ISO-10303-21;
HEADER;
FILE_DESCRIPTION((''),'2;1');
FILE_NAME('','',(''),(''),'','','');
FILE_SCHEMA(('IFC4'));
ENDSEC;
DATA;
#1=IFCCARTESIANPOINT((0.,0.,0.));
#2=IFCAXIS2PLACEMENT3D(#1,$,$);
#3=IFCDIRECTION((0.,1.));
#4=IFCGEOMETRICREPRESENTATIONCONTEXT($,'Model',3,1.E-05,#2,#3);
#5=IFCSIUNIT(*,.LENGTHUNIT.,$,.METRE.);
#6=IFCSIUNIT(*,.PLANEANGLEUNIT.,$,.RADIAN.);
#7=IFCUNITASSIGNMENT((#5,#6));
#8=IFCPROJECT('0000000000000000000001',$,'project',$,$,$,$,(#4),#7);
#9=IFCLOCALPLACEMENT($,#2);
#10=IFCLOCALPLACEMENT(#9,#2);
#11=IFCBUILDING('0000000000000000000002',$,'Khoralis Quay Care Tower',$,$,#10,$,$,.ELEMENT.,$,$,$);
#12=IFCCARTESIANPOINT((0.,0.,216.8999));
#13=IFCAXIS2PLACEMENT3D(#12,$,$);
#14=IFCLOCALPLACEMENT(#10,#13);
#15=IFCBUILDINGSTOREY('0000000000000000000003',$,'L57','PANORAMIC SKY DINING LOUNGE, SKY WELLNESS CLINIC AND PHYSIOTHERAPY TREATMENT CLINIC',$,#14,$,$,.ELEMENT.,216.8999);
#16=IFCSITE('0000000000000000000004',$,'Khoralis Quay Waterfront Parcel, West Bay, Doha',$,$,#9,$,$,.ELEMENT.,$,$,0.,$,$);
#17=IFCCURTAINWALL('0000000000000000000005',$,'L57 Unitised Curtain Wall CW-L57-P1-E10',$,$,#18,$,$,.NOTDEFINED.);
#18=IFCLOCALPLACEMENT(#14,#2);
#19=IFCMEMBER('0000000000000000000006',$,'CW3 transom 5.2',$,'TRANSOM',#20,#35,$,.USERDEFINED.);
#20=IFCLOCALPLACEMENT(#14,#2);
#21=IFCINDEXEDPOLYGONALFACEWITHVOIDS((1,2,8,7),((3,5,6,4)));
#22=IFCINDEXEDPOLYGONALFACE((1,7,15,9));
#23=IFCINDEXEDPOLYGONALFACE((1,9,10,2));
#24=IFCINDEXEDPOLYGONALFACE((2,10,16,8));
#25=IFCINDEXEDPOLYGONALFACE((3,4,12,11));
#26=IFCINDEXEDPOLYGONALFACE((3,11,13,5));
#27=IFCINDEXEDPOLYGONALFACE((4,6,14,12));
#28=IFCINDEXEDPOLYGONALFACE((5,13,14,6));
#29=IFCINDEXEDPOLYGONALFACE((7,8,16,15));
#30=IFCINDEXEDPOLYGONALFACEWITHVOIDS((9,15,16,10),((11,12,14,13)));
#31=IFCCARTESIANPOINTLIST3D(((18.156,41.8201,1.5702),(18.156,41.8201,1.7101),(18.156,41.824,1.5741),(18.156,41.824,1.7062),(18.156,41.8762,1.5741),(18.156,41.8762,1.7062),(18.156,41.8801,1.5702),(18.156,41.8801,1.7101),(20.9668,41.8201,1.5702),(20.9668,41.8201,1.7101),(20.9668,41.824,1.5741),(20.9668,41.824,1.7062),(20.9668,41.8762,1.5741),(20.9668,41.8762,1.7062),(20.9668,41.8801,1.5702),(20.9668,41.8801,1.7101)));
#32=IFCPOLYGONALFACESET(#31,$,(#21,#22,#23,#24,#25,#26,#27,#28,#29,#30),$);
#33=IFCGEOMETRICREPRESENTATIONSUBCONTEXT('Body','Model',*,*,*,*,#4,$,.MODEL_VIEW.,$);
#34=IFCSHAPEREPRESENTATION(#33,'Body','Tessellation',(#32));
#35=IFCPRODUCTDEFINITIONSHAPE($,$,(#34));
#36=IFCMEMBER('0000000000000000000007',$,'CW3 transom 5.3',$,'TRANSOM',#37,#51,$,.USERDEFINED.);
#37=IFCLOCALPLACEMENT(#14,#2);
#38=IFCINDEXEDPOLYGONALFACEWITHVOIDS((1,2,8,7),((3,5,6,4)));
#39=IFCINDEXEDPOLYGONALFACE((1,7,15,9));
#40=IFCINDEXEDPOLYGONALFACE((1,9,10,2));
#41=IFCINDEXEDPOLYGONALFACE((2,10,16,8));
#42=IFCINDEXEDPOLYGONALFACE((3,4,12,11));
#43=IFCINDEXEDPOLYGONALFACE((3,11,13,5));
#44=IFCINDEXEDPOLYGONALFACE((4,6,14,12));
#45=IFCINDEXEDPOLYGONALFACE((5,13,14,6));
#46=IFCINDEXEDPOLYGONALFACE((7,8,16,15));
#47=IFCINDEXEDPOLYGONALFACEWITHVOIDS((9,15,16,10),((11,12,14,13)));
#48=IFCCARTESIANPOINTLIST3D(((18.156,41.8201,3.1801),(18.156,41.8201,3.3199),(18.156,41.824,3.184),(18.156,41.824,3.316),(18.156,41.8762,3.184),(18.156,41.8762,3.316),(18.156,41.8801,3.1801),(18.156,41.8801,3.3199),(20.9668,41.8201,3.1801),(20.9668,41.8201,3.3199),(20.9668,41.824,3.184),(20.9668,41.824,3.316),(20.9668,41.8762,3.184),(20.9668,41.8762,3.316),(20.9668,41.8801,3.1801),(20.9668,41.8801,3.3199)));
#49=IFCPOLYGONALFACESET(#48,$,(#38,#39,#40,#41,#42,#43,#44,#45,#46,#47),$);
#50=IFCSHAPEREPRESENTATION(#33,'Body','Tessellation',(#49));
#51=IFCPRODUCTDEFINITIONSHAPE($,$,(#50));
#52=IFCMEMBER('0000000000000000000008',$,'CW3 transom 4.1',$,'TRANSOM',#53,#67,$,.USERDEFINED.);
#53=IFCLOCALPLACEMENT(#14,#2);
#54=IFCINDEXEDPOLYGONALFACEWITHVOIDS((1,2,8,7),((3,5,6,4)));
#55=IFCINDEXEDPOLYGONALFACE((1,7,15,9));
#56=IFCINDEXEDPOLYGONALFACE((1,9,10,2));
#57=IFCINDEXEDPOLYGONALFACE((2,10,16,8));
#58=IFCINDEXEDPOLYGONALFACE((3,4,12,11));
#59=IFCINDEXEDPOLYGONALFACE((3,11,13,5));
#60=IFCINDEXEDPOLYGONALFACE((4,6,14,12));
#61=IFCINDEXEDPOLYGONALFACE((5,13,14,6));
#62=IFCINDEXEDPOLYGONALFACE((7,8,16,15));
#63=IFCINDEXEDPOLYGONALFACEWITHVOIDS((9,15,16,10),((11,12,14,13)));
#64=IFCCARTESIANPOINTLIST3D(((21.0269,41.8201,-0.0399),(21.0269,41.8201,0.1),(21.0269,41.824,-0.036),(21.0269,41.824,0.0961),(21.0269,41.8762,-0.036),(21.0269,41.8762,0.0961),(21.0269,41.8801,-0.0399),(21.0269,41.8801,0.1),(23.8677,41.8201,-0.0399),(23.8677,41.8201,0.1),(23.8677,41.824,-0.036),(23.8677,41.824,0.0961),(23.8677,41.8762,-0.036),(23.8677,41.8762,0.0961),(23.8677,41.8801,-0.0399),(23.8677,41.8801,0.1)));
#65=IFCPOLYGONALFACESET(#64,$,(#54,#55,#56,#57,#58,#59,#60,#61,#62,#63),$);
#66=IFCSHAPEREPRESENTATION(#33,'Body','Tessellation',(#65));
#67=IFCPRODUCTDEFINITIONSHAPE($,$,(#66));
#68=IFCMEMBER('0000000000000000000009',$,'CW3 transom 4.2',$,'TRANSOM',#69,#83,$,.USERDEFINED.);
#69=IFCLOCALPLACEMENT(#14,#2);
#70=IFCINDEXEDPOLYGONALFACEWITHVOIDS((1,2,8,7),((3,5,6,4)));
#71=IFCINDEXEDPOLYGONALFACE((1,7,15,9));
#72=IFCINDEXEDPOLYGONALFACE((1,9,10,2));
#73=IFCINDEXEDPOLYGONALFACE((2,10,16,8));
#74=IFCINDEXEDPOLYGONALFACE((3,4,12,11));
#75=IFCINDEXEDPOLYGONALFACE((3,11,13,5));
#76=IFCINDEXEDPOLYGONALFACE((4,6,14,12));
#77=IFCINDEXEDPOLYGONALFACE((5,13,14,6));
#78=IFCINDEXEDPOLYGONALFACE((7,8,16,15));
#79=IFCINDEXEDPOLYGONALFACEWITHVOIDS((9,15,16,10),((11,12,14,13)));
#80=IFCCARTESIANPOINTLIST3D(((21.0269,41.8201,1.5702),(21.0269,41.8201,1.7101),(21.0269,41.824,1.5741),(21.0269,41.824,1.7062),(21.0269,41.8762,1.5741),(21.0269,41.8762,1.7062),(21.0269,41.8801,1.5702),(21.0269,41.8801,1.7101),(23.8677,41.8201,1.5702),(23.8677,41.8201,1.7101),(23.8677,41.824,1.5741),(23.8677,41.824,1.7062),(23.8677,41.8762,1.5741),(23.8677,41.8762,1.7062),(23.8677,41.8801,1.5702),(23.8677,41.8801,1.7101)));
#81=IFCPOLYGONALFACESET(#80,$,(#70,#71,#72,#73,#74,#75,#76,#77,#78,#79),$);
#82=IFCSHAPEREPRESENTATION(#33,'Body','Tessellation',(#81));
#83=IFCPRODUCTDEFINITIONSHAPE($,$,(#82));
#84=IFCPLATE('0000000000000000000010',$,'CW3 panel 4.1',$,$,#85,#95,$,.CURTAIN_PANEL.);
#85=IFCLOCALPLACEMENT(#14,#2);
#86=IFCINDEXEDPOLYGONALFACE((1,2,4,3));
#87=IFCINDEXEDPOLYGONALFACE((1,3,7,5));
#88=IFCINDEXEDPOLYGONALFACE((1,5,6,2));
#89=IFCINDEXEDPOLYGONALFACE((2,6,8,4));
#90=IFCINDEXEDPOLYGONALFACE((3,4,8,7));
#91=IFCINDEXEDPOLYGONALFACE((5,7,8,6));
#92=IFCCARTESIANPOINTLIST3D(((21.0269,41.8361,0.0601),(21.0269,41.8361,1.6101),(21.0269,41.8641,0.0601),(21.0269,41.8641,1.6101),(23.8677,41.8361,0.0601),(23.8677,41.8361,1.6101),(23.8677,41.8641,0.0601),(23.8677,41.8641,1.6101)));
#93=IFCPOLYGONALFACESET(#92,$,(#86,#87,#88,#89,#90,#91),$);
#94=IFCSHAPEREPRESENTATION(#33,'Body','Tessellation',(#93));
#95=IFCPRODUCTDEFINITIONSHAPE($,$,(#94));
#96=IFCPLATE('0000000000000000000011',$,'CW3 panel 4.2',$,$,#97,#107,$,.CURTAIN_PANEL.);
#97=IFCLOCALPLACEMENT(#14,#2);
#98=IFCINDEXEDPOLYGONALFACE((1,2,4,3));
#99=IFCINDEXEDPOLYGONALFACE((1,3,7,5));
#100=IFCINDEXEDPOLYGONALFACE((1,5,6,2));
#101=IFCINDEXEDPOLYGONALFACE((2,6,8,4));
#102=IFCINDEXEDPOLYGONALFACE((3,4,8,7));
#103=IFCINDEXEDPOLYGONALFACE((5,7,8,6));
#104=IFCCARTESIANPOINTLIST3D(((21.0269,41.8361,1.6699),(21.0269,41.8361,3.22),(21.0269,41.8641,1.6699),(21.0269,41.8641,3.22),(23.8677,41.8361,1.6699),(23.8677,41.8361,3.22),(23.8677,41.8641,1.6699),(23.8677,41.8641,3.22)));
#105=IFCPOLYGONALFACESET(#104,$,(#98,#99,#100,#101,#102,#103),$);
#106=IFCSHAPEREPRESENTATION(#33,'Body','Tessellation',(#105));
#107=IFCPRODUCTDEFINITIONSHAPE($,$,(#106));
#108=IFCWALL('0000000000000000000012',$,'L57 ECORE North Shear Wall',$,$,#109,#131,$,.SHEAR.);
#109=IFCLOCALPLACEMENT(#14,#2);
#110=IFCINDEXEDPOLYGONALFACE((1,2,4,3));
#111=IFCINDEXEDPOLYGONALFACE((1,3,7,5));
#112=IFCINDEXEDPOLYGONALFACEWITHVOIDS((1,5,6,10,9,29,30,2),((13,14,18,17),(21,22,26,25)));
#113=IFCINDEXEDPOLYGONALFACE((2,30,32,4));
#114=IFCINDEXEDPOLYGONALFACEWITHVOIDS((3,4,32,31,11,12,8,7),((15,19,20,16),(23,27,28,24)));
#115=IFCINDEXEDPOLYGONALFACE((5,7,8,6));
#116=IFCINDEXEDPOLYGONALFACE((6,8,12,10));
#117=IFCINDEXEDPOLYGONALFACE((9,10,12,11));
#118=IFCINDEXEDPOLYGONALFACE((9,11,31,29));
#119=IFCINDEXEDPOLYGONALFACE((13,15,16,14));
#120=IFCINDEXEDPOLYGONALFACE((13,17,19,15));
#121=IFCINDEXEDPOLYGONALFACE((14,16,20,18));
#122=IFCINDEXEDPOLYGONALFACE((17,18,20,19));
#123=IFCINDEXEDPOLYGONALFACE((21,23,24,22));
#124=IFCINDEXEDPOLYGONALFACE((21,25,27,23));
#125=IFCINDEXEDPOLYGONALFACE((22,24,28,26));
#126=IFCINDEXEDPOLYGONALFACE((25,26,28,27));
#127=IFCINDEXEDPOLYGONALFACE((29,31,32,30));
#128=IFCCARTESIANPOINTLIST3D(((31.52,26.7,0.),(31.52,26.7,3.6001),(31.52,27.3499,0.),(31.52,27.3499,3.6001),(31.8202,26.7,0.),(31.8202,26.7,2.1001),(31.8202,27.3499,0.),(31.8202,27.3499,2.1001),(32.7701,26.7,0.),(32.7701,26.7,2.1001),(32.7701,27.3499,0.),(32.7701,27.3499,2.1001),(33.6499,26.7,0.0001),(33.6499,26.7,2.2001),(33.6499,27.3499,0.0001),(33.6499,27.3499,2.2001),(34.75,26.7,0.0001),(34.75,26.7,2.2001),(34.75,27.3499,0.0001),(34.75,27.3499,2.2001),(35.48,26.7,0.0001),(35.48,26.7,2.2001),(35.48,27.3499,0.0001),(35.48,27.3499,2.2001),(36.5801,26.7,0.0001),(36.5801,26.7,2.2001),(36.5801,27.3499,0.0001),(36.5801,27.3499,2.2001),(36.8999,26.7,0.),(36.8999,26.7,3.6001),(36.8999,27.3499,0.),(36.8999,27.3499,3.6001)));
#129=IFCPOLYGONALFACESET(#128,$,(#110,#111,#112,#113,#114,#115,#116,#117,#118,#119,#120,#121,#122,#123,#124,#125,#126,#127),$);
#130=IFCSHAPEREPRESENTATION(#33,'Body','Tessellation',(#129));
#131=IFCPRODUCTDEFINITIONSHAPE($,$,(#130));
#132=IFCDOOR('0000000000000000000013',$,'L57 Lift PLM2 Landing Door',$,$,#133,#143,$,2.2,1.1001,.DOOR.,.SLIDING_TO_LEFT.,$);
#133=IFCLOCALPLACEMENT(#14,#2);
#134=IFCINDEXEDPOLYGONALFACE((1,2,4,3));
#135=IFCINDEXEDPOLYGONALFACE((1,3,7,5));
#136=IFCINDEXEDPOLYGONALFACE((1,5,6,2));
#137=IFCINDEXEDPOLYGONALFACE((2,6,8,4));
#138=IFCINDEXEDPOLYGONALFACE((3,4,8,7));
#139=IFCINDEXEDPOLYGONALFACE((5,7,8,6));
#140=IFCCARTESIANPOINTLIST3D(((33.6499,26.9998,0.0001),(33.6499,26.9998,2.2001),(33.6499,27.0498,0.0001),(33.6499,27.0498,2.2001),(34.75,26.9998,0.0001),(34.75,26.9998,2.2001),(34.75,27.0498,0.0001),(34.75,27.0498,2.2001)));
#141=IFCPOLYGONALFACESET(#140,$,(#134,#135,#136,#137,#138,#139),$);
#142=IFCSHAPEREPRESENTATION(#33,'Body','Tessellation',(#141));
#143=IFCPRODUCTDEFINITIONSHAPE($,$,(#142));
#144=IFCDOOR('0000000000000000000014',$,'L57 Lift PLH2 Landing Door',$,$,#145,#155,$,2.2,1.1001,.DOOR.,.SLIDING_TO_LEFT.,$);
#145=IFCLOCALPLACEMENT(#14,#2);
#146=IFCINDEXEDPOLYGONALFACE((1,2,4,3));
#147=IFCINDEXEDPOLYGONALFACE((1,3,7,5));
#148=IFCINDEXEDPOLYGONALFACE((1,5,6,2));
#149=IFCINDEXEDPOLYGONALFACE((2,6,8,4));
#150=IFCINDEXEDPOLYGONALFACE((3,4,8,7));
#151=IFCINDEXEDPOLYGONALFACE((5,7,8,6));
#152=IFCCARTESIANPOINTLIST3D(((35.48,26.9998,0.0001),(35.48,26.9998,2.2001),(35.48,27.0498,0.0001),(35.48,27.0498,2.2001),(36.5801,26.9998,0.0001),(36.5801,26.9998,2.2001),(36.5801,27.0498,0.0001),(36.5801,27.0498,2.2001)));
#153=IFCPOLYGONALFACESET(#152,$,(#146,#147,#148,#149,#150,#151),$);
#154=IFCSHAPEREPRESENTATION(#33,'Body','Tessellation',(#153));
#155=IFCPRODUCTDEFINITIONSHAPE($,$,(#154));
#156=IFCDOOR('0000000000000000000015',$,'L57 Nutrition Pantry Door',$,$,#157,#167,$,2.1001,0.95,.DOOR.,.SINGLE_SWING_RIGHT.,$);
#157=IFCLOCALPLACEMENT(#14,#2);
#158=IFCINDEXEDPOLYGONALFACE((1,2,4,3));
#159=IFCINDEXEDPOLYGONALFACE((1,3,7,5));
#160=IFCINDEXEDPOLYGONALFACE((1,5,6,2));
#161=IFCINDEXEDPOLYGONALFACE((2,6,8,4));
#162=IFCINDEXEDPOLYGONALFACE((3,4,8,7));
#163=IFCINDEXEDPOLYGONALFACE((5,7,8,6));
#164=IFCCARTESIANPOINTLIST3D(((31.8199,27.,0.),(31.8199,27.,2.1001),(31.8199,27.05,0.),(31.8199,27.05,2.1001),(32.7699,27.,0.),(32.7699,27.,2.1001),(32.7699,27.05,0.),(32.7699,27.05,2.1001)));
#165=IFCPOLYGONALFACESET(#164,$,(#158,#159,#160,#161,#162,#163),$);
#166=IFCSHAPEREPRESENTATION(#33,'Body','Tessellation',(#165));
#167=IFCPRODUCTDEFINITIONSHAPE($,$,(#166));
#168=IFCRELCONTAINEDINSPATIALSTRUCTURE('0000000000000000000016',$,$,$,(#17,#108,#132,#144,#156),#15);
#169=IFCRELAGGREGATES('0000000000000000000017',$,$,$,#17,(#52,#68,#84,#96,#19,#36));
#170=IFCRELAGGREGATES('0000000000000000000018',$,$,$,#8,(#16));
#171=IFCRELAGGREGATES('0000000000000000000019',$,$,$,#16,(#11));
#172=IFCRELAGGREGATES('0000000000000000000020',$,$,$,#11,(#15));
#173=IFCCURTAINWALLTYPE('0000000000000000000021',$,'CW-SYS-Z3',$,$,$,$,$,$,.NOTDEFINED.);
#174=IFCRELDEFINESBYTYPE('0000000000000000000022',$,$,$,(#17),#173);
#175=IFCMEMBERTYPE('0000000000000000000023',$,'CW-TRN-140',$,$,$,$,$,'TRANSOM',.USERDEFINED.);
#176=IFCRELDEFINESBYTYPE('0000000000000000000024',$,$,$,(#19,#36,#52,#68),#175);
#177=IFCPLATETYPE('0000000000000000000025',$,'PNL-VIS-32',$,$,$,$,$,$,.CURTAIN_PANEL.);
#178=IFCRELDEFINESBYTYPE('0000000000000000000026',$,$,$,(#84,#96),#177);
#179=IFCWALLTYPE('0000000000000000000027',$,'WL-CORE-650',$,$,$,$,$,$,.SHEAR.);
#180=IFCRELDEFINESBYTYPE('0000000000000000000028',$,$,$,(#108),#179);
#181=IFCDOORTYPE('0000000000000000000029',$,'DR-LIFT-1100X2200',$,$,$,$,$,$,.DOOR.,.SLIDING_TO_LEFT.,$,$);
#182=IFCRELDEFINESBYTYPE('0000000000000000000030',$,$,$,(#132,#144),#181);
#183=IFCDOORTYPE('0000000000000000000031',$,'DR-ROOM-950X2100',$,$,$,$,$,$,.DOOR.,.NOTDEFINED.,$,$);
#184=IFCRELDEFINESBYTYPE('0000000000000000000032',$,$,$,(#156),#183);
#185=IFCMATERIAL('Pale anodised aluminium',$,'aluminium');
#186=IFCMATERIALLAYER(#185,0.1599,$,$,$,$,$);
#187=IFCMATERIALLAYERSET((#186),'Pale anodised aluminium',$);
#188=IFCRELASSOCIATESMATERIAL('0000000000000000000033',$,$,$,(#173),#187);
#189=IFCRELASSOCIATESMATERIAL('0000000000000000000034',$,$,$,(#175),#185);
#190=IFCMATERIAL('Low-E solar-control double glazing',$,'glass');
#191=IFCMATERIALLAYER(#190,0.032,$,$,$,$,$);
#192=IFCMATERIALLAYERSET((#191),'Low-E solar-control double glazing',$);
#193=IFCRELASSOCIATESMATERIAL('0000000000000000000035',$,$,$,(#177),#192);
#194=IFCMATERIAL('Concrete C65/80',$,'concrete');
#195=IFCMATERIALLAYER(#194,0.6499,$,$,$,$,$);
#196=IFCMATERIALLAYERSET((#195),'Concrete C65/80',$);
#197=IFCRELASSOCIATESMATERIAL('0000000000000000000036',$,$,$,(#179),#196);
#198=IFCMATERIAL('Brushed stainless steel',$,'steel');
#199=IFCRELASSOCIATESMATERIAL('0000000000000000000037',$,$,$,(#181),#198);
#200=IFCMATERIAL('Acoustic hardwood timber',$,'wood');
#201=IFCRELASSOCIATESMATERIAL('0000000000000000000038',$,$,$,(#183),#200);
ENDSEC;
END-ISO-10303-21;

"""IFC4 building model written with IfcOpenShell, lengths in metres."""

from ifc_helpers import new_model, si_unit, direction, frame, frame_2d, origin, origin_2d, place, context, subcontext, project, spatial, rectangle, hollow_rectangle, extrude, source, transform, mapped, material, layer, layer_set, material_profile, profile_set, type_object, element, fill, aggregate, save


model = new_model("IFC4")

# Units and contexts
model_context = context("Model", 3, precision=1e-05, world=origin(), true_north=direction((0.0, 1.0)))
body_context = subcontext(model_context, "Body", "Model", "MODEL_VIEW")
ifc_project = project(units=[si_unit("LENGTHUNIT", "METRE"), si_unit("PLANEANGLEUNIT", "RADIAN")], contexts=[model_context])

# Site, building, storey
site_placement = place(None, origin())
site = spatial("IfcSite", under=ifc_project, at=site_placement, Name="Khoralis Quay Waterfront Parcel, West Bay, Doha", CompositionType="ELEMENT", RefElevation=0.0)
building_placement = place(site_placement, origin())
building = spatial("IfcBuilding", under=site, at=building_placement, Name="Khoralis Quay Care Tower", CompositionType="ELEMENT")
storey_placement = place(building_placement, frame((0.0, 0.0, 216.8999)))
storey = spatial("IfcBuildingStorey", under=building, at=storey_placement, Name="L57", Description="PANORAMIC SKY DINING LOUNGE, SKY WELLNESS CLINIC AND PHYSIOTHERAPY TREATMENT CLINIC", CompositionType="ELEMENT", Elevation=216.8999)

# Shared definitions
ifc_material_1 = material(Name="Concrete C65/80", Category="concrete")

# Curtain wall, members, plates
ifc_material_2 = material(Name="Pale anodised aluminium", Category="aluminium")
ifc_layer_1 = layer(ifc_material_2, 0.1599)
ifc_layer_set_1 = layer_set([ifc_layer_1], Name="Pale anodised aluminium")
curtain_wall_type = type_object("IfcCurtainWallType", Name="CW-SYS-Z3", PredefinedType="NOTDEFINED", material=ifc_layer_set_1)
curtain_wall_placement = place(storey_placement, origin())
curtain_wall = element("IfcCurtainWall", 1, at=curtain_wall_placement, inside=storey, type_object=curtain_wall_type, Name="L57 Unitised Curtain Wall CW-L57-P1-E10", PredefinedType="NOTDEFINED")
ifc_material_profile_1 = material_profile(ifc_material_2, hollow_rectangle(XDim=0.0601, YDim=0.1399, WallThickness=0.0039, at=origin_2d()), Name="Pale anodised aluminium")
ifc_profile_set_1 = profile_set([ifc_material_profile_1], Name="Pale anodised aluminium")
member_type_1 = type_object("IfcMemberType", Name="CW-TRN-140", ElementType="TRANSOM", PredefinedType="USERDEFINED", material=ifc_profile_set_1)
shared_shape_1 = source(origin(), body_context, "Body", "SweptSolid", [
    extrude(hollow_rectangle(XDim=0.0601, YDim=0.1399, WallThickness=0.0039, at=origin_2d()), origin(), (0.0, 0.0, 1.0), 2.8108),
])
member_1_placement = place(storey_placement, frame((20.9668, 41.8501, 1.6401), z_axis=(-1.0, 0.0, 0.0), x_axis=(0.0, -1.0, 0.0)))
member_1 = element("IfcMember", 2, at=member_1_placement, type_object=member_type_1, Name="CW3 transom 5.2", ObjectType="TRANSOM", PredefinedType="USERDEFINED", context=body_context, shape_type="MappedRepresentation", body=[
    mapped(shared_shape_1, transform((0.0, 0.0, 0.0), scale=1.0)),
])
member_2_placement = place(storey_placement, frame((20.9668, 41.8501, 3.25), z_axis=(-1.0, 0.0, 0.0), x_axis=(0.0, -1.0, 0.0)))
member_2 = element("IfcMember", 3, at=member_2_placement, type_object=member_type_1, Name="CW3 transom 5.3", ObjectType="TRANSOM", PredefinedType="USERDEFINED", context=body_context, shape_type="MappedRepresentation", body=[
    mapped(shared_shape_1, transform((0.0, 0.0, 0.0), scale=1.0)),
])
shared_shape_2 = source(origin(), body_context, "Body", "SweptSolid", [
    extrude(hollow_rectangle(XDim=0.0601, YDim=0.1399, WallThickness=0.0039, at=origin_2d()), origin(), (0.0, 0.0, 1.0), 2.8408),
])
member_3_placement = place(storey_placement, frame((23.8677, 41.8501, 0.03), z_axis=(-1.0, 0.0, 0.0), x_axis=(0.0, -1.0, 0.0)))
member_3 = element("IfcMember", 4, at=member_3_placement, type_object=member_type_1, Name="CW3 transom 4.1", ObjectType="TRANSOM", PredefinedType="USERDEFINED", context=body_context, shape_type="MappedRepresentation", body=[
    mapped(shared_shape_2, transform((0.0, 0.0, 0.0), scale=1.0)),
])
member_4_placement = place(storey_placement, frame((23.8677, 41.8501, 1.6401), z_axis=(-1.0, 0.0, 0.0), x_axis=(0.0, -1.0, 0.0)))
member_4 = element("IfcMember", 5, at=member_4_placement, type_object=member_type_1, Name="CW3 transom 4.2", ObjectType="TRANSOM", PredefinedType="USERDEFINED", context=body_context, shape_type="MappedRepresentation", body=[
    mapped(shared_shape_2, transform((0.0, 0.0, 0.0), scale=1.0)),
])
ifc_material_3 = material(Name="Low-E solar-control double glazing", Category="glass")
ifc_layer_2 = layer(ifc_material_3, 0.032)
ifc_layer_set_2 = layer_set([ifc_layer_2], Name="Low-E solar-control double glazing")
plate_type = type_object("IfcPlateType", Name="PNL-VIS-32", PredefinedType="CURTAIN_PANEL", material=ifc_layer_set_2)
shared_shape_3 = source(origin(), body_context, "Body", "SweptSolid", [
    extrude(rectangle(XDim=2.8408, YDim=0.0281, at=origin_2d()), origin(), (0.0, 0.0, 1.0), 1.55),
])
plate_1_placement = place(storey_placement, frame((22.4473, 41.8501, 0.0601), z_axis=(0.0, 0.0, 1.0), x_axis=(-1.0, 0.0, 0.0)))
plate_1 = element("IfcPlate", 6, at=plate_1_placement, type_object=plate_type, Name="CW3 panel 4.1", PredefinedType="CURTAIN_PANEL", context=body_context, shape_type="MappedRepresentation", body=[
    mapped(shared_shape_3, transform((0.0, 0.0, 0.0), scale=1.0)),
])
plate_2_placement = place(storey_placement, frame((22.4473, 41.8501, 1.6699), z_axis=(0.0, 0.0, 1.0), x_axis=(-1.0, 0.0, 0.0)))
plate_2 = element("IfcPlate", 7, at=plate_2_placement, type_object=plate_type, Name="CW3 panel 4.2", PredefinedType="CURTAIN_PANEL", context=body_context, shape_type="MappedRepresentation", body=[
    mapped(shared_shape_3, transform((0.0, 0.0, 0.0), scale=1.0)),
])
aggregate(curtain_wall, [member_3, member_4, plate_1, plate_2, member_1, member_2])

# Wall, openings, doors
ifc_layer_3 = layer(ifc_material_1, 0.6499)
ifc_layer_set_3 = layer_set([ifc_layer_3], Name="Concrete C65/80")
wall_type_1 = type_object("IfcWallType", Name="WL-CORE-650", PredefinedType="SHEAR", material=ifc_layer_set_3)
wall_1_placement = place(storey_placement, frame((31.52, 27.0249, 0.0), z_axis=(0.0, 0.0, 1.0), x_axis=(1.0, 0.0, 0.0)))
wall_1 = element("IfcWall", 8, at=wall_1_placement, inside=storey, type_object=wall_type_1, Name="L57 ECORE North Shear Wall", PredefinedType="SHEAR", context=body_context, shape_type="SweptSolid", body=[
    extrude(rectangle(XDim=5.3799, YDim=0.6499, at=frame_2d((2.6899, 0.0))), origin(), (0.0, 0.0, 1.0), 3.6001),
])
opening_1_placement = place(wall_1_placement, frame((0.3, 0.0, 0.0)))
opening_1 = element("IfcOpeningElement", 9, at=opening_1_placement, cuts=wall_1, PredefinedType="OPENING", context=body_context, shape_type="SweptSolid", body=[
    extrude(rectangle(XDim=0.95, YDim=2.1001, at=frame_2d((0.4751, 1.05))), frame((0.0, 0.335, 0.0), z_axis=(0.0, -1.0, 0.0), x_axis=(1.0, 0.0, 0.0)), (0.0, 0.0, 1.0), 0.6699),
])
opening_2_placement = place(wall_1_placement, frame((2.1299, 0.0, 0.0)))
opening_2 = element("IfcOpeningElement", 10, at=opening_2_placement, cuts=wall_1, PredefinedType="OPENING", context=body_context, shape_type="SweptSolid", body=[
    extrude(rectangle(XDim=1.1001, YDim=2.2, at=frame_2d((0.55, 1.1001))), frame((0.0, 0.335, 0.0), z_axis=(0.0, -1.0, 0.0), x_axis=(1.0, 0.0, 0.0)), (0.0, 0.0, 1.0), 0.6699),
])
opening_3_placement = place(wall_1_placement, frame((3.96, 0.0, 0.0)))
opening_3 = element("IfcOpeningElement", 11, at=opening_3_placement, cuts=wall_1, PredefinedType="OPENING", context=body_context, shape_type="SweptSolid", body=[
    extrude(rectangle(XDim=1.1001, YDim=2.2, at=frame_2d((0.55, 1.1001))), frame((0.0, 0.335, 0.0), z_axis=(0.0, -1.0, 0.0), x_axis=(1.0, 0.0, 0.0)), (0.0, 0.0, 1.0), 0.6699),
])
ifc_material_4 = material(Name="Brushed stainless steel", Category="steel")
door_type_1 = type_object("IfcDoorType", Name="DR-LIFT-1100X2200", OperationType="SLIDING_TO_LEFT", PredefinedType="DOOR", material=ifc_material_4)
shared_shape_4 = source(origin(), body_context, "Body", "SweptSolid", [
    extrude(rectangle(XDim=1.1001, YDim=2.2, at=frame_2d((0.55, 1.1001))), frame((0.0, 0.0249, 0.0), z_axis=(0.0, -1.0, 0.0), x_axis=(1.0, 0.0, 0.0)), (0.0, 0.0, 1.0), 0.05),
])
door_1_placement = place(opening_2_placement, origin())
door_1 = element("IfcDoor", 12, at=door_1_placement, inside=storey, type_object=door_type_1, Name="L57 Lift PLM2 Landing Door", OperationType="SLIDING_TO_LEFT", OverallHeight=2.2, OverallWidth=1.1001, PredefinedType="DOOR", context=body_context, shape_type="MappedRepresentation", body=[
    mapped(shared_shape_4, transform((0.0, 0.0, 0.0), scale=1.0)),
])
fill(opening_2, door_1)
door_2_placement = place(opening_3_placement, origin())
door_2 = element("IfcDoor", 13, at=door_2_placement, inside=storey, type_object=door_type_1, Name="L57 Lift PLH2 Landing Door", OperationType="SLIDING_TO_LEFT", OverallHeight=2.2, OverallWidth=1.1001, PredefinedType="DOOR", context=body_context, shape_type="MappedRepresentation", body=[
    mapped(shared_shape_4, transform((0.0, 0.0, 0.0), scale=1.0)),
])
fill(opening_3, door_2)
ifc_material_5 = material(Name="Acoustic hardwood timber", Category="wood")
door_type_2 = type_object("IfcDoorType", Name="DR-ROOM-950X2100", OperationType="NOTDEFINED", PredefinedType="DOOR", material=ifc_material_5)
shared_shape_5 = source(origin(), body_context, "Body", "SweptSolid", [
    extrude(rectangle(XDim=0.95, YDim=2.1001, at=frame_2d((0.4751, 1.05))), frame((0.0, 0.0249, 0.0), z_axis=(0.0, -1.0, 0.0), x_axis=(1.0, 0.0, 0.0)), (0.0, 0.0, 1.0), 0.05),
])
door_3_placement = place(opening_1_placement, frame((0.95, 0.0, 0.0), z_axis=(0.0, 0.0, 1.0), x_axis=(-1.0, 0.0, 0.0)))
door_3 = element("IfcDoor", 14, at=door_3_placement, inside=storey, type_object=door_type_2, Name="L57 Nutrition Pantry Door", OperationType="SINGLE_SWING_RIGHT", OverallHeight=2.1001, OverallWidth=0.95, PredefinedType="DOOR", context=body_context, shape_type="MappedRepresentation", body=[
    mapped(shared_shape_5, transform((0.0, 0.0, 0.0), scale=1.0)),
])
fill(opening_1, door_3)

save(model, "model.ifc")
